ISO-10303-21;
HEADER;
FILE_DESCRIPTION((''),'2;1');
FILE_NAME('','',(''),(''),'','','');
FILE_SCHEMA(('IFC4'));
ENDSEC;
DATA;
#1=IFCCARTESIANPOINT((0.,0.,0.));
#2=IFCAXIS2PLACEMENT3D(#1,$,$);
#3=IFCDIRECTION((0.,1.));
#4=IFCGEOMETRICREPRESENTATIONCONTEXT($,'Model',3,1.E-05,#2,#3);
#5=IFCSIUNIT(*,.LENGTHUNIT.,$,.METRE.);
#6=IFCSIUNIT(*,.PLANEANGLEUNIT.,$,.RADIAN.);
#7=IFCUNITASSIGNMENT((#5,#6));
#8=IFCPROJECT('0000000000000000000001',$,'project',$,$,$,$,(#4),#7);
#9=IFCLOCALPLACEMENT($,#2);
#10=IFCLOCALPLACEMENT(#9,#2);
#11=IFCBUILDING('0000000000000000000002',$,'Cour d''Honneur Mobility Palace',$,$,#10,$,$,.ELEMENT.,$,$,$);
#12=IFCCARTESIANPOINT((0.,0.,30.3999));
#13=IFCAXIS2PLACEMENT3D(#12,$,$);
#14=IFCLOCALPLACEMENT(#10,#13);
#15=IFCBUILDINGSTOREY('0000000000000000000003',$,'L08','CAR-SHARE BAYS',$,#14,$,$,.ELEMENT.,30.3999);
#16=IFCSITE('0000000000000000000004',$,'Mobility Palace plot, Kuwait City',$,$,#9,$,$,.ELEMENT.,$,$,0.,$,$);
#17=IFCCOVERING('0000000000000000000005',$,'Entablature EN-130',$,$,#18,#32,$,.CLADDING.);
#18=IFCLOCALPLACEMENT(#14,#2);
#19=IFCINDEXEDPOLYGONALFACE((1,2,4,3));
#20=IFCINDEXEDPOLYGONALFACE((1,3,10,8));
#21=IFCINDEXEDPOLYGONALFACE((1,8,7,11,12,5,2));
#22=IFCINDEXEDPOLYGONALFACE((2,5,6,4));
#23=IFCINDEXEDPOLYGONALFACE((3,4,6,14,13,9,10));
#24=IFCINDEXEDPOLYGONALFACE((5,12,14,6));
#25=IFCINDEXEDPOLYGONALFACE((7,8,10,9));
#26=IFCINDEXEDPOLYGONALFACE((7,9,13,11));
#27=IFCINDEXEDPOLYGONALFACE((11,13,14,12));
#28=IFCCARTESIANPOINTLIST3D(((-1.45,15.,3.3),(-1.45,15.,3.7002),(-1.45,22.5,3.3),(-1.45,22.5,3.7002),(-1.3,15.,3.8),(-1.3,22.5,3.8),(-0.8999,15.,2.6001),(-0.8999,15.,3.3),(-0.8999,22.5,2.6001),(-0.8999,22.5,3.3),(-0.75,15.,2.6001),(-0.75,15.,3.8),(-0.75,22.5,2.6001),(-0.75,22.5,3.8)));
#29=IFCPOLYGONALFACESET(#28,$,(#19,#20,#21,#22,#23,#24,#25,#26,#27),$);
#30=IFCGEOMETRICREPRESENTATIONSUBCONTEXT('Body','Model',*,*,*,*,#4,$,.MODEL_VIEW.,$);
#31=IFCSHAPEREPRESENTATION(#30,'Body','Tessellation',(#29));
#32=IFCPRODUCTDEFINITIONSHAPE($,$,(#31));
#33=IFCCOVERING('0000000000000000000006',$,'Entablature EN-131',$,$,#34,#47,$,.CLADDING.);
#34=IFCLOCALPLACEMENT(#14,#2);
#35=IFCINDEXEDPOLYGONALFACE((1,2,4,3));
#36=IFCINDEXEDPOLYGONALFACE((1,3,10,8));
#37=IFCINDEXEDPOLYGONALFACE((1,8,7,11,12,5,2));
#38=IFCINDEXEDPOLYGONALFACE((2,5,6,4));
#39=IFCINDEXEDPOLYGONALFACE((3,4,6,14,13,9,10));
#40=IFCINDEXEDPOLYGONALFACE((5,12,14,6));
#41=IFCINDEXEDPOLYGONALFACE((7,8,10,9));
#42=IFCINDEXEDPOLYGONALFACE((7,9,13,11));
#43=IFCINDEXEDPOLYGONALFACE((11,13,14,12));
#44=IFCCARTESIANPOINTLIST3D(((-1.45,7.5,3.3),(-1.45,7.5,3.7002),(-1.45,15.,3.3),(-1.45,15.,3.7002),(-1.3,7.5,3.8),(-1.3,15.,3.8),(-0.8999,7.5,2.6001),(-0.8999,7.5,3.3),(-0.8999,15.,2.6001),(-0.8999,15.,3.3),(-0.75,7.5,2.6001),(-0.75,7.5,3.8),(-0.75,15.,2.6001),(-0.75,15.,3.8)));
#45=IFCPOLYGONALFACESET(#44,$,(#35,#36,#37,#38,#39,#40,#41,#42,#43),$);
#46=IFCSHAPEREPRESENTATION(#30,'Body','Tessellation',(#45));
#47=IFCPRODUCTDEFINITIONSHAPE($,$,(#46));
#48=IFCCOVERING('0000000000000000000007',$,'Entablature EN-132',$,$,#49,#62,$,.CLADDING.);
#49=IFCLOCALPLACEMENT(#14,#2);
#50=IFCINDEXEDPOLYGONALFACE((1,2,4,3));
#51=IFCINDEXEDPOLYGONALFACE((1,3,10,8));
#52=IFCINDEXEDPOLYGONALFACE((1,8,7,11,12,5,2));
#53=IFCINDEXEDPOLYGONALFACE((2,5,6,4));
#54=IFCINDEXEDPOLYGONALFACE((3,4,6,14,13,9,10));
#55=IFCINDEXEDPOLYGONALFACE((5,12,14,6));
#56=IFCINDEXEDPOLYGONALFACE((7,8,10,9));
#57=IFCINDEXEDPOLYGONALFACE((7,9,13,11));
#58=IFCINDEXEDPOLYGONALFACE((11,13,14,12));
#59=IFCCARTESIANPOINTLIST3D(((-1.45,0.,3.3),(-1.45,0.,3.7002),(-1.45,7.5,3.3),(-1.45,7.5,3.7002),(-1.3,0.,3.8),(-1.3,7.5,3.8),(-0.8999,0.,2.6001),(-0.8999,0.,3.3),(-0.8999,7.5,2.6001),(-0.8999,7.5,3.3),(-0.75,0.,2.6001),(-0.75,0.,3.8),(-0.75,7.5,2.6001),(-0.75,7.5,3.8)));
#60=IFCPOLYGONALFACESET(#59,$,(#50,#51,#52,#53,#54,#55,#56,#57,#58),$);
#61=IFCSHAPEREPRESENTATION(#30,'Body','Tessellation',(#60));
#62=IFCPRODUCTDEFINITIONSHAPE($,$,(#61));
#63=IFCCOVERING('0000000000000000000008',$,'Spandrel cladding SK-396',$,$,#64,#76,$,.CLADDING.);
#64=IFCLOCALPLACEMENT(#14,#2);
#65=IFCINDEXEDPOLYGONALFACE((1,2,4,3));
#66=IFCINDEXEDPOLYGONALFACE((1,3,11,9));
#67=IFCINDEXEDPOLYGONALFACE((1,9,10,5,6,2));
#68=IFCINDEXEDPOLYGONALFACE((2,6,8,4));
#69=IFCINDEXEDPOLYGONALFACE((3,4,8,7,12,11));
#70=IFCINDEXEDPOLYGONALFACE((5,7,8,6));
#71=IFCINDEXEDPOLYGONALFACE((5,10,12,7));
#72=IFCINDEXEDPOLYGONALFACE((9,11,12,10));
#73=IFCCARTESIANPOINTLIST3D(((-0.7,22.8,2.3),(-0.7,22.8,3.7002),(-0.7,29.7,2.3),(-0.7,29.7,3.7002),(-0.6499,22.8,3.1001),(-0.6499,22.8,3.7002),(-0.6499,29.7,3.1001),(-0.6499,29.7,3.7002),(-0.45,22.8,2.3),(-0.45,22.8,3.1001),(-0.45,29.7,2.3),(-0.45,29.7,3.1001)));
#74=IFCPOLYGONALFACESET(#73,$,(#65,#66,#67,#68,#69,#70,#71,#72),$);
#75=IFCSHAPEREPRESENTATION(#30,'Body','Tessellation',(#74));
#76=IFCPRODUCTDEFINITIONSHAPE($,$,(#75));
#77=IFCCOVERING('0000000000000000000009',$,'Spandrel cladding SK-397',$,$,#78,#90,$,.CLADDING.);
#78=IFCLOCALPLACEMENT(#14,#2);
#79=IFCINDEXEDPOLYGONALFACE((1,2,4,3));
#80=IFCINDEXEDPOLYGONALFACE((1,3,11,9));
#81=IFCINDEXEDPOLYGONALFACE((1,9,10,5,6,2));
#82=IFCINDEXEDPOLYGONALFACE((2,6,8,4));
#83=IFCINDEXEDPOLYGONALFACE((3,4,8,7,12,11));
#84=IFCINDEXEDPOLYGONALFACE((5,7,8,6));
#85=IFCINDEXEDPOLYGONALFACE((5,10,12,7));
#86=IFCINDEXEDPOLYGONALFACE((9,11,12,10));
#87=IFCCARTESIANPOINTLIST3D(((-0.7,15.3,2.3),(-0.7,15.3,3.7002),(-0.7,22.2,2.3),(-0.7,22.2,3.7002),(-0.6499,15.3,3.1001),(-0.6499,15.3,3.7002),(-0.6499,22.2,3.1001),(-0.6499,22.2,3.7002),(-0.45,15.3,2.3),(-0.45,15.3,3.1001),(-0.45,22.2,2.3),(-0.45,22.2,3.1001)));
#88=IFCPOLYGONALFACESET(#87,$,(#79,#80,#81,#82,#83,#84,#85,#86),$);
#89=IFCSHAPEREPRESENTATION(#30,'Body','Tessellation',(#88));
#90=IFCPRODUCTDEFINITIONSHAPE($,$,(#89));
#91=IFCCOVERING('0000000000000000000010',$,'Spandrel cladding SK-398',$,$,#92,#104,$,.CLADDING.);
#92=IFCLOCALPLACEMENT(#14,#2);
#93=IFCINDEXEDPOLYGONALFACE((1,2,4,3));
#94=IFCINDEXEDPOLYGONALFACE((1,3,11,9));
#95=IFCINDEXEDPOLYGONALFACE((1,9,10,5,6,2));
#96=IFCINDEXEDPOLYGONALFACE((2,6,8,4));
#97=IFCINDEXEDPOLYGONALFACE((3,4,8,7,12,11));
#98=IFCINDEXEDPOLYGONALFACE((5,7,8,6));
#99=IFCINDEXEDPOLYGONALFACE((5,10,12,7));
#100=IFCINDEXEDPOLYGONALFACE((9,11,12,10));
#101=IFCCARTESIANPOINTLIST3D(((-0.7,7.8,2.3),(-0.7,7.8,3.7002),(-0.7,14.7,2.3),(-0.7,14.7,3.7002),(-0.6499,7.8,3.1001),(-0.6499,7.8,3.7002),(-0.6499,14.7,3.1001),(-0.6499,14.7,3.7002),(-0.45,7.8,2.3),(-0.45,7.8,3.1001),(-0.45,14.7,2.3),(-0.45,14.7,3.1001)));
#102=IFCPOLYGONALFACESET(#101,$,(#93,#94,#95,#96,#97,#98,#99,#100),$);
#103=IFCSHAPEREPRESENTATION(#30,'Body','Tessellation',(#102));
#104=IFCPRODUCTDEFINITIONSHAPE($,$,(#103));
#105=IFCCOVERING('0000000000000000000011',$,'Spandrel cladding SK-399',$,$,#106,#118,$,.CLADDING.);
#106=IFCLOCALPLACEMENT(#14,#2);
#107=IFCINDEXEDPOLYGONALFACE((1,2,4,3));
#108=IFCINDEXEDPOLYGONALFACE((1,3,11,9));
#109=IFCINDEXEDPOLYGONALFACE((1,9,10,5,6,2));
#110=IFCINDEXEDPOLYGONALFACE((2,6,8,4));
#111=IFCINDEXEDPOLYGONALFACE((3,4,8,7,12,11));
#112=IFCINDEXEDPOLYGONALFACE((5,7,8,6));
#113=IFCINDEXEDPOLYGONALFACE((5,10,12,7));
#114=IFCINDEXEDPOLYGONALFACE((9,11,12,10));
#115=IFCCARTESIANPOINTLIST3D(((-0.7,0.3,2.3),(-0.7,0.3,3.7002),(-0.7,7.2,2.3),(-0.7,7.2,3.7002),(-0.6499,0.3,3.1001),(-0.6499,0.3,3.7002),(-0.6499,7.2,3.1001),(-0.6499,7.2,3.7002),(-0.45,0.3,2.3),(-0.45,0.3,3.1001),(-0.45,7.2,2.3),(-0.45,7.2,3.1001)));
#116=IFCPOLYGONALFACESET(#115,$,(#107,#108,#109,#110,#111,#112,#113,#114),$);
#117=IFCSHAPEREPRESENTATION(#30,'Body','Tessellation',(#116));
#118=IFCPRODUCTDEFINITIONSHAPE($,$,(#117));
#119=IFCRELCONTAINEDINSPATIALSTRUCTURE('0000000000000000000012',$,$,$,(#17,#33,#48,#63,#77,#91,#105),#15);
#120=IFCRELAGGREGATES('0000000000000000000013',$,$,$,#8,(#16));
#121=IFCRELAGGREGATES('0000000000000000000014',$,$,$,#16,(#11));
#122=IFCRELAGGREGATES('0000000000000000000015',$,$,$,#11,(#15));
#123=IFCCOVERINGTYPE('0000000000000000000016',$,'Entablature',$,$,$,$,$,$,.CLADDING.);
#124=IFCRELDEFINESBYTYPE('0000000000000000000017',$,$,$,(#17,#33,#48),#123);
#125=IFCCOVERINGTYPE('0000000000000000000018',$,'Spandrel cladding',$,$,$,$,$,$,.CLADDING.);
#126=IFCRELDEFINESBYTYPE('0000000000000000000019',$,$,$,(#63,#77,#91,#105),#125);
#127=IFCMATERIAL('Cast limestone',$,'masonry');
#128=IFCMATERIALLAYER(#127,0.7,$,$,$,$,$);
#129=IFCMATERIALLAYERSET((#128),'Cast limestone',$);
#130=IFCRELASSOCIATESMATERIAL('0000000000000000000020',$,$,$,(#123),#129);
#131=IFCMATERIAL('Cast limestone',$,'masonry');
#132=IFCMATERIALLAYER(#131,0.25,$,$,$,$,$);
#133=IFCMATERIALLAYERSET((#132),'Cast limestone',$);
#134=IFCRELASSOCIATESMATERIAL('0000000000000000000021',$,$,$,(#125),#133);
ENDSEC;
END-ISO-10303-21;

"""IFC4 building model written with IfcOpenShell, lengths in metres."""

from ifc_helpers import new_model, si_unit, direction, frame, origin, place, context, subcontext, project, spatial, polyline, outline, extrude, material, layer, layer_set, type_object, element, save


model = new_model("IFC4")

# Units and contexts
model_context = context("Model", 3, precision=1e-05, world=origin(), true_north=direction((0.0, 1.0)))
body_context = subcontext(model_context, "Body", "Model", "MODEL_VIEW")
ifc_project = project(units=[si_unit("LENGTHUNIT", "METRE"), si_unit("PLANEANGLEUNIT", "RADIAN")], contexts=[model_context])

# Site, building, storey
site_placement = place(None, origin())
site = spatial("IfcSite", under=ifc_project, at=site_placement, Name="Mobility Palace plot, Kuwait City", CompositionType="ELEMENT", RefElevation=0.0)
building_placement = place(site_placement, origin())
building = spatial("IfcBuilding", under=site, at=building_placement, Name="Cour d'Honneur Mobility Palace", CompositionType="ELEMENT")
storey_placement = place(building_placement, frame((0.0, 0.0, 30.3999)))
storey = spatial("IfcBuildingStorey", under=building, at=storey_placement, Name="L08", Description="CAR-SHARE BAYS", CompositionType="ELEMENT", Elevation=30.3999)

# Coverings
ifc_material_1 = material(Name="Cast limestone", Category="masonry")
ifc_layer_1 = layer(ifc_material_1, 0.7)
ifc_layer_set_1 = layer_set([ifc_layer_1], Name="Cast limestone")
covering_type_1 = type_object("IfcCoveringType", Name="Entablature", PredefinedType="CLADDING", material=ifc_layer_set_1)
for number, where, z_axis, x_axis, name in (
    (1, (-0.75, 22.5, 2.6001), (0.0, 1.0, 0.0), (-1.0, 0.0, 0.0), "Entablature EN-130"),
    (2, (-0.75, 15.0, 2.6001), (0.0, 1.0, 0.0), (-1.0, 0.0, 0.0), "Entablature EN-131"),
    (3, (-0.75, 7.5, 2.6001), (0.0, 1.0, 0.0), (-1.0, 0.0, 0.0), "Entablature EN-132"),
):
    element("IfcCovering", number, at=place(storey_placement, frame(where, z_axis=z_axis, x_axis=x_axis)), inside=storey, type_object=covering_type_1, Name=name, PredefinedType="CLADDING", context=body_context, shape_type="SweptSolid", body=[
        extrude(outline(polyline([(0.0, 0.0), (0.1499, 0.0), (0.1499, 0.7), (0.7, 0.7), (0.7, 1.1001), (0.55, 1.2), (0.0, 1.2), (0.0, 0.0)])), origin(), (0.0, 0.0, -1.0), 7.5),
    ])

# Coverings
ifc_material_2 = material(Name="Cast limestone", Category="masonry")
ifc_layer_2 = layer(ifc_material_2, 0.25)
ifc_layer_set_2 = layer_set([ifc_layer_2], Name="Cast limestone")
covering_type_2 = type_object("IfcCoveringType", Name="Spandrel cladding", PredefinedType="CLADDING", material=ifc_layer_set_2)
for number, where, z_axis, x_axis, name in (
    (4, (-0.45, 29.7, 2.3), (0.0, 1.0, 0.0), (-1.0, 0.0, 0.0), "Spandrel cladding SK-396"),
    (5, (-0.45, 22.2, 2.3), (0.0, 1.0, 0.0), (-1.0, 0.0, 0.0), "Spandrel cladding SK-397"),
    (6, (-0.45, 14.7, 2.3), (0.0, 1.0, 0.0), (-1.0, 0.0, 0.0), "Spandrel cladding SK-398"),
    (7, (-0.45, 7.2, 2.3), (0.0, 1.0, 0.0), (-1.0, 0.0, 0.0), "Spandrel cladding SK-399"),
):
    element("IfcCovering", number, at=place(storey_placement, frame(where, z_axis=z_axis, x_axis=x_axis)), inside=storey, type_object=covering_type_2, Name=name, PredefinedType="CLADDING", context=body_context, shape_type="SweptSolid", body=[
        extrude(outline(polyline([(0.0, 0.0), (0.25, 0.0), (0.25, 1.4001), (0.2, 1.4001), (0.2, 0.8), (0.0, 0.8), (0.0, 0.0)])), origin(), (0.0, 0.0, -1.0), 6.8999),
    ])

save(model, "model.ifc")
